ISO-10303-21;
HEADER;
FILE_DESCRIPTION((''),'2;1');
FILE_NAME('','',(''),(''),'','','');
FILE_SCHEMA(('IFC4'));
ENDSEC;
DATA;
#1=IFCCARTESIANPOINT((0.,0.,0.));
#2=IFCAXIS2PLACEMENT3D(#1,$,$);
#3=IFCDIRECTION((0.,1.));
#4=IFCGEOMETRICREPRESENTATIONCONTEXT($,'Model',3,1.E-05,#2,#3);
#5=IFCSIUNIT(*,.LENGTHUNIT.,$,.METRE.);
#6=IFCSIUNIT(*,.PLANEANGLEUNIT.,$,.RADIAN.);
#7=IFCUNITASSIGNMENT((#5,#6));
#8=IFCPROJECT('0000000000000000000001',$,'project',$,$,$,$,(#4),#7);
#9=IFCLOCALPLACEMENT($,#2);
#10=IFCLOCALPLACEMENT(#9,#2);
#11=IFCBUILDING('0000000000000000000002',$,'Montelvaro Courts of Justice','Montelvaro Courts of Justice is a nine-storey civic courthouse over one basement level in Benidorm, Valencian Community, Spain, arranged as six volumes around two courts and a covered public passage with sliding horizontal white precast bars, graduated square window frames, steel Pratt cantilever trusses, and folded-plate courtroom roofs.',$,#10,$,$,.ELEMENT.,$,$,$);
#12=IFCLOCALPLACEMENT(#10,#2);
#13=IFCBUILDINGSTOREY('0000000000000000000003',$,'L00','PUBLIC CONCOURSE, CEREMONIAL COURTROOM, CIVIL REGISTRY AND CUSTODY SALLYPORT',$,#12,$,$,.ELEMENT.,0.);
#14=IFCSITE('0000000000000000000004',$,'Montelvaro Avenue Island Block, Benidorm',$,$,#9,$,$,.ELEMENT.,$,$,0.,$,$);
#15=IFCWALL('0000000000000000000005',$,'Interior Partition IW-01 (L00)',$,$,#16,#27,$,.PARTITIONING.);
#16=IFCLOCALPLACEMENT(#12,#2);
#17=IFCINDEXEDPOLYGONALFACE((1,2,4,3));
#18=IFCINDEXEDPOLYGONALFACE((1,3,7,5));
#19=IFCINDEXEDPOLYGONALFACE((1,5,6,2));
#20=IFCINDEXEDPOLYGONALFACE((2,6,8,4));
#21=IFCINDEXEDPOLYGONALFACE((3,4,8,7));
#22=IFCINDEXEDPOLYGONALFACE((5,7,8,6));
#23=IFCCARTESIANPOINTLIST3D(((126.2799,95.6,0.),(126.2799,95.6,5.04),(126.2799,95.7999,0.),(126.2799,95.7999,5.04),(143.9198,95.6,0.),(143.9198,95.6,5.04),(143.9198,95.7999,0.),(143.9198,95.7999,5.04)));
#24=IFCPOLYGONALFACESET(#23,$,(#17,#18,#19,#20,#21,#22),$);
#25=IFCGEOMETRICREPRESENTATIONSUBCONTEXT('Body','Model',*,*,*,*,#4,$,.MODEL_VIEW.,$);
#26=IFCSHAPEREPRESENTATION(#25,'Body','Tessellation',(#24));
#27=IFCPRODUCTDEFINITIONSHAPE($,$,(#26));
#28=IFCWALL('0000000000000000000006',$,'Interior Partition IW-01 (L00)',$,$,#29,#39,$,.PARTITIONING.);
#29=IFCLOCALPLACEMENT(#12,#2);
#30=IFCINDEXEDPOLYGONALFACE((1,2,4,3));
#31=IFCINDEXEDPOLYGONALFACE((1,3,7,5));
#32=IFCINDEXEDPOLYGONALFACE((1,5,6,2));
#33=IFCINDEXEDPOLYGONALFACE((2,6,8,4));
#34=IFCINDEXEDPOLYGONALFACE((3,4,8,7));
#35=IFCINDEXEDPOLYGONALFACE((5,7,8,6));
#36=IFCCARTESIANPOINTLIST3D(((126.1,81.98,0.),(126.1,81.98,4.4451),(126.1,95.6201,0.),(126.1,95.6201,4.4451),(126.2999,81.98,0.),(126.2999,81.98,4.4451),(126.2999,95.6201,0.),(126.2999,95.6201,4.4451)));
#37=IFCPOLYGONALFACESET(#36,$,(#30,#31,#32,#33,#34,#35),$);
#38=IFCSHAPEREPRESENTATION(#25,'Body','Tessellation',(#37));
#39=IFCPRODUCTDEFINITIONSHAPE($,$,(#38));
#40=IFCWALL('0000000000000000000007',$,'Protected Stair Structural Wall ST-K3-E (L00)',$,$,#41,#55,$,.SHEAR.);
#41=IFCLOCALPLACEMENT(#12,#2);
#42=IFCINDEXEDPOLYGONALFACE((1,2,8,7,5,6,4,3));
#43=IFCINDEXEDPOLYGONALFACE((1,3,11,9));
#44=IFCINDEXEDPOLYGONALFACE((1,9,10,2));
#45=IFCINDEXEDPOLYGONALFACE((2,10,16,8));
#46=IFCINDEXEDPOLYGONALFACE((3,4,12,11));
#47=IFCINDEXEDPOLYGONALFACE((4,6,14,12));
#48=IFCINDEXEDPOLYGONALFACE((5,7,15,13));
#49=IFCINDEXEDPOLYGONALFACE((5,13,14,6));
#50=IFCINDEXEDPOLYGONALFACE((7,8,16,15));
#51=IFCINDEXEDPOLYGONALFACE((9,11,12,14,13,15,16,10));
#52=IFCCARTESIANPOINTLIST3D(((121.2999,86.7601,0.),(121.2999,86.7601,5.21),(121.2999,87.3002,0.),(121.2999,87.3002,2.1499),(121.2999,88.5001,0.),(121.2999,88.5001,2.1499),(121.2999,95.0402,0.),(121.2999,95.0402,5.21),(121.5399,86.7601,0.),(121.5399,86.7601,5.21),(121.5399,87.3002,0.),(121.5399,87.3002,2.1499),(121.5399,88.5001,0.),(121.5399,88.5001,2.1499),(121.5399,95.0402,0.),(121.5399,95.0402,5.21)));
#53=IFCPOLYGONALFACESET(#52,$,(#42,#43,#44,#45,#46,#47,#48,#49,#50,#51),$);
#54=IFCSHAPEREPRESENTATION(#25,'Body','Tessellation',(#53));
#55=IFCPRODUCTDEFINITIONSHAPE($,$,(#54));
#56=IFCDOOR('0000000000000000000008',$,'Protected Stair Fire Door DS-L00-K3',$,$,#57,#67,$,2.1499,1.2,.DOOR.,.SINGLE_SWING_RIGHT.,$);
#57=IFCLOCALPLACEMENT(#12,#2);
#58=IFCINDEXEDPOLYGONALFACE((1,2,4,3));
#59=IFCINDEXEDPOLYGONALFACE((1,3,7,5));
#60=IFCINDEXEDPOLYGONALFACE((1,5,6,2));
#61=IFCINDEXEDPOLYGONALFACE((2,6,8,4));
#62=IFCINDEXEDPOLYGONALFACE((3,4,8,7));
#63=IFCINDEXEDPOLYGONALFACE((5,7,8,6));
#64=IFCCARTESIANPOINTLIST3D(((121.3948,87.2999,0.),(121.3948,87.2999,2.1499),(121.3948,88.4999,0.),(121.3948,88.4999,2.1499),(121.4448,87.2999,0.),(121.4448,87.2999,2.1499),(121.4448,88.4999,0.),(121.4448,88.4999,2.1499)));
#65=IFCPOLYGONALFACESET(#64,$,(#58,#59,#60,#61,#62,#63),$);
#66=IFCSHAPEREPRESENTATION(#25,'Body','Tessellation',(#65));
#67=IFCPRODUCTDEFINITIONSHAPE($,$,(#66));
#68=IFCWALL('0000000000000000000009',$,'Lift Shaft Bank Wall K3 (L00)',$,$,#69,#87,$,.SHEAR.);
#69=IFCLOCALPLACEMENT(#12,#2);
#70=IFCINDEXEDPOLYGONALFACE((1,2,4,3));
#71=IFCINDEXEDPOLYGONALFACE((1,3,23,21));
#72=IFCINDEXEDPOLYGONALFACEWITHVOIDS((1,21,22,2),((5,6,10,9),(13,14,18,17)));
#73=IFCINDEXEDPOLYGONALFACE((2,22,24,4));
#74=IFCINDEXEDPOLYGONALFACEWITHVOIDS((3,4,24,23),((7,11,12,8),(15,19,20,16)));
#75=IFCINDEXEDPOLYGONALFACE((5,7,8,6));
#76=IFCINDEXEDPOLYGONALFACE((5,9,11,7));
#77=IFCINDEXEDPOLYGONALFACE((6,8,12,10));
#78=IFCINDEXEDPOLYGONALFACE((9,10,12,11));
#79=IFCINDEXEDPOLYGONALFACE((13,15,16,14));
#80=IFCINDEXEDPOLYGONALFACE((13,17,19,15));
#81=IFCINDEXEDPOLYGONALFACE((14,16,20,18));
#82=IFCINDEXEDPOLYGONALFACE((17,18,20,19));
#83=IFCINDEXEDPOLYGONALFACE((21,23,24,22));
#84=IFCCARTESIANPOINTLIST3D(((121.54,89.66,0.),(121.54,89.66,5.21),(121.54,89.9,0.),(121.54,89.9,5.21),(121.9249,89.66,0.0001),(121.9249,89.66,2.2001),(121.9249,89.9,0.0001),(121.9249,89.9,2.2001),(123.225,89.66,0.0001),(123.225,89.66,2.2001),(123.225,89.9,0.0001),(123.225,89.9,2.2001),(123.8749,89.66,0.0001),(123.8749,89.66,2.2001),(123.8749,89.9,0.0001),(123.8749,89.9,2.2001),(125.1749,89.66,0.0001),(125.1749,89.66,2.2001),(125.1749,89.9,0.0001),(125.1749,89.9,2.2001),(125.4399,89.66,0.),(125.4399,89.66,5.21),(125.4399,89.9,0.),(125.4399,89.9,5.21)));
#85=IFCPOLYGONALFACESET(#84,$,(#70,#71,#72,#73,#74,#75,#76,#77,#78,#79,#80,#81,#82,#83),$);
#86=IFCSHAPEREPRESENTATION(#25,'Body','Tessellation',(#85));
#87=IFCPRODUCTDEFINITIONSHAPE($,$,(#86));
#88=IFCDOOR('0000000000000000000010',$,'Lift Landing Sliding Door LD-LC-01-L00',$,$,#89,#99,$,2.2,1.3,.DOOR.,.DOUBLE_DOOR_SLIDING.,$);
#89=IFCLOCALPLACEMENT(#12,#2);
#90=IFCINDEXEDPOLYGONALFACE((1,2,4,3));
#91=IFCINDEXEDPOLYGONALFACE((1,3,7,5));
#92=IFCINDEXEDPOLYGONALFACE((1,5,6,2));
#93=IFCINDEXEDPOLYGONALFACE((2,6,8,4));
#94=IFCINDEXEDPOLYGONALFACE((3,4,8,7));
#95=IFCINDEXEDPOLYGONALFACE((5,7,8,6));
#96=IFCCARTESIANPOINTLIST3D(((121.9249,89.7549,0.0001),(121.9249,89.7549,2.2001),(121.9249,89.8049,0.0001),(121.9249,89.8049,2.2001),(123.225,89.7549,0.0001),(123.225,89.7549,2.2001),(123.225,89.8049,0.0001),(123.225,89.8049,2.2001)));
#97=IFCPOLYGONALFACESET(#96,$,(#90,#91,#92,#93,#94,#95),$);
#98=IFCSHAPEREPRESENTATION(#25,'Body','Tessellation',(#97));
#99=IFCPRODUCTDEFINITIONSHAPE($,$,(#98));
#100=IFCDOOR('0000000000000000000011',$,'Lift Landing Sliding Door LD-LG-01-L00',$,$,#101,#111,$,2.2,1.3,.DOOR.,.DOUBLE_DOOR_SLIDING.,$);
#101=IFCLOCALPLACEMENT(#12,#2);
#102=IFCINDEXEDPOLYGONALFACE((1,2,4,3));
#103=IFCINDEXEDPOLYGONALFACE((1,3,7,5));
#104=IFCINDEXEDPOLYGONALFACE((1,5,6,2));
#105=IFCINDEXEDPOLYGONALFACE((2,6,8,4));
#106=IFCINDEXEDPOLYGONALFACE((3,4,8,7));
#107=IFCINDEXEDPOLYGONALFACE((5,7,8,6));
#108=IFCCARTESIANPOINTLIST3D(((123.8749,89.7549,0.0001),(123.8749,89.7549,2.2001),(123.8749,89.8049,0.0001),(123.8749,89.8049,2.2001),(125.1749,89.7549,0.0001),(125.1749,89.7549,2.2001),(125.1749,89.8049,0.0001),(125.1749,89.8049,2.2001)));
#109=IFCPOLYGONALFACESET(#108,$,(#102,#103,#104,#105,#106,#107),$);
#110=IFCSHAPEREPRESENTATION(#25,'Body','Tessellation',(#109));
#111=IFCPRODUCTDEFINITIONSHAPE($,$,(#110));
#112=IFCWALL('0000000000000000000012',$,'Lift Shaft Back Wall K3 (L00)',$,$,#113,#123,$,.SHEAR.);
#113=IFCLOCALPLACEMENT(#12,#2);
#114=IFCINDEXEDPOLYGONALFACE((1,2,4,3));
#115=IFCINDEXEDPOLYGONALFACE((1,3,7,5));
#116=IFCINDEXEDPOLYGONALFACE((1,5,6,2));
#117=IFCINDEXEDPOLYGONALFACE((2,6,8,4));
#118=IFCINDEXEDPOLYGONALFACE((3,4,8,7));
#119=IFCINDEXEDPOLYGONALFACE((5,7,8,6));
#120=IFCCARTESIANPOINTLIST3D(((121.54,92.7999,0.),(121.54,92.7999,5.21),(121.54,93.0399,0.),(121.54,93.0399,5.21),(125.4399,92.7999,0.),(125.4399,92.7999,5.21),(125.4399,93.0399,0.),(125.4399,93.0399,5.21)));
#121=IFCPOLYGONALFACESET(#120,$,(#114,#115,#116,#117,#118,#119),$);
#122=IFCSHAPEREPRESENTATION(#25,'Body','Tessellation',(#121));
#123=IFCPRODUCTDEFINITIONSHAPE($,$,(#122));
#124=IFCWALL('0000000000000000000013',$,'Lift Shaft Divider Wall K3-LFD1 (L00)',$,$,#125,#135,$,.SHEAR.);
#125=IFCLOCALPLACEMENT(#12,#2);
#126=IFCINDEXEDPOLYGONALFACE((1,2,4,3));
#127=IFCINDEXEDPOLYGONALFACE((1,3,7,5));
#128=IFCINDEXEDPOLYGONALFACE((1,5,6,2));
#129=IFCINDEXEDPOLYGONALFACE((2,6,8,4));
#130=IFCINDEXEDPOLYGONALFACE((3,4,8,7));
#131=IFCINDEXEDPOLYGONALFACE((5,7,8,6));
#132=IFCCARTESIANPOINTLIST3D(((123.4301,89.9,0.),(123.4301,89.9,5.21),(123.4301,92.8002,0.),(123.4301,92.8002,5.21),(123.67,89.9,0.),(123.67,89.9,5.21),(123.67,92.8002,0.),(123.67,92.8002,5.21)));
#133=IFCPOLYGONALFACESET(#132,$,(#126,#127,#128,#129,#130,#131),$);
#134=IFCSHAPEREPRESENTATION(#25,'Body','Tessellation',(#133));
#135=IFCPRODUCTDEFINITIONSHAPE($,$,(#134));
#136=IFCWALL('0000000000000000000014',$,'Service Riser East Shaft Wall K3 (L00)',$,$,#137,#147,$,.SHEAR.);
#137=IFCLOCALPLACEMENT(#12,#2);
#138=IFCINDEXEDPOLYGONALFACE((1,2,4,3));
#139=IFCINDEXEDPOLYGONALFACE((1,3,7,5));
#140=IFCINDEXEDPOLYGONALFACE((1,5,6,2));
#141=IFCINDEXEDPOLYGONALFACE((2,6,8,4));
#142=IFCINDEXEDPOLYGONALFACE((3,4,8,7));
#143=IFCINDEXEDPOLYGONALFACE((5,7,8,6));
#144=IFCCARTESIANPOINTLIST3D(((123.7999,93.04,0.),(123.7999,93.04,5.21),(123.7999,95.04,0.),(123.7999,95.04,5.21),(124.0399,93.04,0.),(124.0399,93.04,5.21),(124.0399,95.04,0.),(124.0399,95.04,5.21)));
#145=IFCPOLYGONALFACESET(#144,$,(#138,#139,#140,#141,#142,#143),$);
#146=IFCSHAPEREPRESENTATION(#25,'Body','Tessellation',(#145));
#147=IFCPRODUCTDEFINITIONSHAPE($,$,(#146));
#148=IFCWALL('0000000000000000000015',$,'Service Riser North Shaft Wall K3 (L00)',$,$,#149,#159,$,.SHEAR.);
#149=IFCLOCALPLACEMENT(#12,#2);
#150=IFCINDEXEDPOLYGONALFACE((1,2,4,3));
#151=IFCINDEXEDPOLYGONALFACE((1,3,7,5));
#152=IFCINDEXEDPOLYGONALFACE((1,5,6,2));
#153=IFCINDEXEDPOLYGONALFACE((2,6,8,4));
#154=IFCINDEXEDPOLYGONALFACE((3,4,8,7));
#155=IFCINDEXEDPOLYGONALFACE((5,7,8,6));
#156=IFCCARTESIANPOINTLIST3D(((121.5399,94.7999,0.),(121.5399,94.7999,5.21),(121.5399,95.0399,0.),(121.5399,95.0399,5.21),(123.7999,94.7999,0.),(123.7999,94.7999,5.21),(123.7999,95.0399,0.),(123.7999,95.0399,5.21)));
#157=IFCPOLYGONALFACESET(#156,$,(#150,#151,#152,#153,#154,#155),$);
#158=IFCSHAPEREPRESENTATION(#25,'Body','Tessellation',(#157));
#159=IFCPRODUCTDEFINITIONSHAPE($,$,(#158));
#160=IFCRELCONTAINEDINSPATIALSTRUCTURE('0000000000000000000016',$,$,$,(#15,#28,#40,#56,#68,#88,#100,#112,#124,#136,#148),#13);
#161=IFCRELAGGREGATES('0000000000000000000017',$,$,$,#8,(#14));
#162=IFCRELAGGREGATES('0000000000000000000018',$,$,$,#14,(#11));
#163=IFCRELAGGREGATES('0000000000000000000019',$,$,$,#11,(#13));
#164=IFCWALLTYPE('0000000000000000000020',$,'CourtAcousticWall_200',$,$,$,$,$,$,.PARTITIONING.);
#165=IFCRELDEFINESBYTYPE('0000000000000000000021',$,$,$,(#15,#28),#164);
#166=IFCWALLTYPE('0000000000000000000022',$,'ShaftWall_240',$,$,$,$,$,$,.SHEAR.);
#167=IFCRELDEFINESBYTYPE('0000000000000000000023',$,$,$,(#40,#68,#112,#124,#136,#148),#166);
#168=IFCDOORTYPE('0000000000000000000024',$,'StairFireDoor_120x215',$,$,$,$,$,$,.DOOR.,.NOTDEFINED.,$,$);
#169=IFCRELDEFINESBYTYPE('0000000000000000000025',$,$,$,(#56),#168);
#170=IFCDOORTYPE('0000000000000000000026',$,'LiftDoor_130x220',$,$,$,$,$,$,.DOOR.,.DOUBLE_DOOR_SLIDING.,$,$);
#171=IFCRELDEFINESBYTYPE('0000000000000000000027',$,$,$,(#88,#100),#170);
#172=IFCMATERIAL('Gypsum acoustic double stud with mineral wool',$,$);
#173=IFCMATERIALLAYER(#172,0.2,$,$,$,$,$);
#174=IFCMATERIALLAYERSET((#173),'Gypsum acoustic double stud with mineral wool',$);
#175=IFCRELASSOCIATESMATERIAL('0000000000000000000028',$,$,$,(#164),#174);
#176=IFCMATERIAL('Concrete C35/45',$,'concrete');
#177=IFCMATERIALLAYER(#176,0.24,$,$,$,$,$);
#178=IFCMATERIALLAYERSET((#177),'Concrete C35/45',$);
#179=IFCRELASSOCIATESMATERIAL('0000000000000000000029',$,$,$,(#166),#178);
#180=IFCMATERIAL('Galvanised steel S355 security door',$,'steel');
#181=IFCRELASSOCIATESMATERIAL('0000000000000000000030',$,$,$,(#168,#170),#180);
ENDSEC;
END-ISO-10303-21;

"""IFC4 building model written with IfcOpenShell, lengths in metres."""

from ifc_helpers import new_model, si_unit, direction, frame, frame_2d, origin, place, context, subcontext, project, spatial, rectangle, extrude, material, layer, layer_set, type_object, element, fill, save


model = new_model("IFC4")

# Units and contexts
model_context = context("Model", 3, precision=1e-05, world=origin(), true_north=direction((0.0, 1.0)))
body_context = subcontext(model_context, "Body", "Model", "MODEL_VIEW")
ifc_project = project(units=[si_unit("LENGTHUNIT", "METRE"), si_unit("PLANEANGLEUNIT", "RADIAN")], contexts=[model_context])

# Site, building, storey
site_placement = place(None, origin())
site = spatial("IfcSite", under=ifc_project, at=site_placement, Name="Montelvaro Avenue Island Block, Benidorm", CompositionType="ELEMENT", RefElevation=0.0)
building_placement = place(site_placement, origin())
building = spatial("IfcBuilding", under=site, at=building_placement, Name="Montelvaro Courts of Justice", Description="Montelvaro Courts of Justice is a nine-storey civic courthouse over one basement level in Benidorm, Valencian Community, Spain, arranged as six volumes around two courts and a covered public passage with sliding horizontal white precast bars, graduated square window frames, steel Pratt cantilever trusses, and folded-plate courtroom roofs.", CompositionType="ELEMENT")
storey_placement = place(building_placement, origin())
storey = spatial("IfcBuildingStorey", under=building, at=storey_placement, Name="L00", Description="PUBLIC CONCOURSE, CEREMONIAL COURTROOM, CIVIL REGISTRY AND CUSTODY SALLYPORT", CompositionType="ELEMENT", Elevation=0.0)

# Shared definitions
ifc_material_1 = material(Name="Galvanised steel S355 security door", Category="steel")

# Walls
ifc_material_2 = material(Name="Gypsum acoustic double stud with mineral wool")
ifc_layer_1 = layer(ifc_material_2, 0.2)
ifc_layer_set_1 = layer_set([ifc_layer_1], Name="Gypsum acoustic double stud with mineral wool")
wall_type_1 = type_object("IfcWallType", Name="CourtAcousticWall_200", PredefinedType="PARTITIONING", material=ifc_layer_set_1)
wall_1_placement = place(storey_placement, frame((126.28, 95.7, 0.0), z_axis=(0.0, 0.0, 1.0), x_axis=(1.0, 0.0, 0.0)))
element("IfcWall", 1, at=wall_1_placement, inside=storey, type_object=wall_type_1, Name="Interior Partition IW-01 (L00)", PredefinedType="PARTITIONING", context=body_context, shape_type="SweptSolid", body=[
    extrude(rectangle(XDim=17.6399, YDim=0.2, at=frame_2d((8.8198, 0.0))), origin(), (0.0, 0.0, 1.0), 5.04),
])
wall_2_placement = place(storey_placement, frame((126.2, 81.98, 0.0), z_axis=(0.0, 0.0, 1.0), x_axis=(0.0, 1.0, 0.0)))
element("IfcWall", 2, at=wall_2_placement, inside=storey, type_object=wall_type_1, Name="Interior Partition IW-01 (L00)", PredefinedType="PARTITIONING", context=body_context, shape_type="SweptSolid", body=[
    extrude(rectangle(XDim=13.6401, YDim=0.2, at=frame_2d((6.8201, 0.0))), origin(), (0.0, 0.0, 1.0), 4.4451),
])

# Wall, opening, door
ifc_material_3 = material(Name="Concrete C35/45", Category="concrete")
ifc_layer_2 = layer(ifc_material_3, 0.24)
ifc_layer_set_2 = layer_set([ifc_layer_2], Name="Concrete C35/45")
wall_type_2 = type_object("IfcWallType", Name="ShaftWall_240", PredefinedType="SHEAR", material=ifc_layer_set_2)
wall_3_placement = place(storey_placement, frame((121.4199, 86.76, 0.0), z_axis=(0.0, 0.0, 1.0), x_axis=(0.0, 1.0, 0.0)))
wall_3 = element("IfcWall", 3, at=wall_3_placement, inside=storey, type_object=wall_type_2, Name="Protected Stair Structural Wall ST-K3-E (L00)", PredefinedType="SHEAR", context=body_context, shape_type="SweptSolid", body=[
    extrude(rectangle(XDim=8.28, YDim=0.24, at=frame_2d((4.1401, 0.0))), origin(), (0.0, 0.0, 1.0), 5.21),
])
opening_1_placement = place(wall_3_placement, frame((0.54, 0.0, 0.0)))
opening_1 = element("IfcOpeningElement", 4, at=opening_1_placement, cuts=wall_3, PredefinedType="OPENING", context=body_context, shape_type="SweptSolid", body=[
    extrude(rectangle(XDim=1.2, YDim=2.1499, at=frame_2d((0.6001, 1.075))), frame((0.0, 0.1348, 0.0), z_axis=(0.0, -1.0, 0.0), x_axis=(1.0, 0.0, 0.0)), (0.0, 0.0, 1.0), 0.2698),
])
door_type_1 = type_object("IfcDoorType", Name="StairFireDoor_120x215", OperationType="NOTDEFINED", PredefinedType="DOOR", material=ifc_material_1)
door_1_placement = place(opening_1_placement, frame((1.2, 0.0, 0.0), z_axis=(0.0, 0.0, 1.0), x_axis=(-1.0, 0.0, 0.0)))
door_1 = element("IfcDoor", 5, at=door_1_placement, inside=storey, type_object=door_type_1, Name="Protected Stair Fire Door DS-L00-K3", OperationType="SINGLE_SWING_RIGHT", OverallHeight=2.1499, OverallWidth=1.2, PredefinedType="DOOR", context=body_context, shape_type="SweptSolid", body=[
    extrude(rectangle(XDim=1.2, YDim=2.1499, at=frame_2d((0.6001, 1.075))), frame((0.0, 0.0249, 0.0), z_axis=(0.0, -1.0, 0.0), x_axis=(1.0, 0.0, 0.0)), (0.0, 0.0, 1.0), 0.05),
])
fill(opening_1, door_1)

# Wall, openings, doors
wall_4_placement = place(storey_placement, frame((121.54, 89.78, 0.0), z_axis=(0.0, 0.0, 1.0), x_axis=(1.0, 0.0, 0.0)))
wall_4 = element("IfcWall", 6, at=wall_4_placement, inside=storey, type_object=wall_type_2, Name="Lift Shaft Bank Wall K3 (L00)", PredefinedType="SHEAR", context=body_context, shape_type="SweptSolid", body=[
    extrude(rectangle(XDim=3.8999, YDim=0.24, at=frame_2d((1.95, 0.0))), origin(), (0.0, 0.0, 1.0), 5.21),
])
opening_2_placement = place(wall_4_placement, frame((0.385, 0.0, 0.0)))
opening_2 = element("IfcOpeningElement", 7, at=opening_2_placement, cuts=wall_4, PredefinedType="OPENING", context=body_context, shape_type="SweptSolid", body=[
    extrude(rectangle(XDim=1.3, YDim=2.2, at=frame_2d((0.6499, 1.1001))), frame((0.0, 0.1348, 0.0), z_axis=(0.0, -1.0, 0.0), x_axis=(1.0, 0.0, 0.0)), (0.0, 0.0, 1.0), 0.2698),
])
opening_3_placement = place(wall_4_placement, frame((2.335, 0.0, 0.0)))
opening_3 = element("IfcOpeningElement", 8, at=opening_3_placement, cuts=wall_4, PredefinedType="OPENING", context=body_context, shape_type="SweptSolid", body=[
    extrude(rectangle(XDim=1.3, YDim=2.2, at=frame_2d((0.6499, 1.1001))), frame((0.0, 0.1348, 0.0), z_axis=(0.0, -1.0, 0.0), x_axis=(1.0, 0.0, 0.0)), (0.0, 0.0, 1.0), 0.2698),
])
door_type_2 = type_object("IfcDoorType", Name="LiftDoor_130x220", OperationType="DOUBLE_DOOR_SLIDING", PredefinedType="DOOR", material=ifc_material_1)
door_2_placement = place(opening_2_placement, origin())
door_2 = element("IfcDoor", 9, at=door_2_placement, inside=storey, type_object=door_type_2, Name="Lift Landing Sliding Door LD-LC-01-L00", OperationType="DOUBLE_DOOR_SLIDING", OverallHeight=2.2, OverallWidth=1.3, PredefinedType="DOOR", context=body_context, shape_type="SweptSolid", body=[
    extrude(rectangle(XDim=1.3, YDim=2.2, at=frame_2d((0.6499, 1.1001))), frame((0.0, 0.0249, 0.0), z_axis=(0.0, -1.0, 0.0), x_axis=(1.0, 0.0, 0.0)), (0.0, 0.0, 1.0), 0.05),
])
fill(opening_2, door_2)
door_3_placement = place(opening_3_placement, origin())
door_3 = element("IfcDoor", 10, at=door_3_placement, inside=storey, type_object=door_type_2, Name="Lift Landing Sliding Door LD-LG-01-L00", OperationType="DOUBLE_DOOR_SLIDING", OverallHeight=2.2, OverallWidth=1.3, PredefinedType="DOOR", context=body_context, shape_type="SweptSolid", body=[
    extrude(rectangle(XDim=1.3, YDim=2.2, at=frame_2d((0.6499, 1.1001))), frame((0.0, 0.0249, 0.0), z_axis=(0.0, -1.0, 0.0), x_axis=(1.0, 0.0, 0.0)), (0.0, 0.0, 1.0), 0.05),
])
fill(opening_3, door_3)

# Walls
wall_5_placement = place(storey_placement, frame((121.54, 92.9199, 0.0), z_axis=(0.0, 0.0, 1.0), x_axis=(1.0, 0.0, 0.0)))
element("IfcWall", 11, at=wall_5_placement, inside=storey, type_object=wall_type_2, Name="Lift Shaft Back Wall K3 (L00)", PredefinedType="SHEAR", context=body_context, shape_type="SweptSolid", body=[
    extrude(rectangle(XDim=3.8999, YDim=0.24, at=frame_2d((1.95, 0.0))), origin(), (0.0, 0.0, 1.0), 5.21),
])
wall_6_placement = place(storey_placement, frame((123.55, 89.8999, 0.0), z_axis=(0.0, 0.0, 1.0), x_axis=(0.0, 1.0, 0.0)))
element("IfcWall", 12, at=wall_6_placement, inside=storey, type_object=wall_type_2, Name="Lift Shaft Divider Wall K3-LFD1 (L00)", PredefinedType="SHEAR", context=body_context, shape_type="SweptSolid", body=[
    extrude(rectangle(XDim=2.9001, YDim=0.24, at=frame_2d((1.4502, 0.0))), origin(), (0.0, 0.0, 1.0), 5.21),
])
wall_7_placement = place(storey_placement, frame((123.9199, 93.04, 0.0), z_axis=(0.0, 0.0, 1.0), x_axis=(0.0, 1.0, 0.0)))
element("IfcWall", 13, at=wall_7_placement, inside=storey, type_object=wall_type_2, Name="Service Riser East Shaft Wall K3 (L00)", PredefinedType="SHEAR", context=body_context, shape_type="SweptSolid", body=[
    extrude(rectangle(XDim=2.0, YDim=0.24, at=frame_2d((1.0, 0.0))), origin(), (0.0, 0.0, 1.0), 5.21),
])
wall_8_placement = place(storey_placement, frame((121.54, 94.9199, 0.0), z_axis=(0.0, 0.0, 1.0), x_axis=(1.0, 0.0, 0.0)))
element("IfcWall", 14, at=wall_8_placement, inside=storey, type_object=wall_type_2, Name="Service Riser North Shaft Wall K3 (L00)", PredefinedType="SHEAR", context=body_context, shape_type="SweptSolid", body=[
    extrude(rectangle(XDim=2.26, YDim=0.24, at=frame_2d((1.1299, 0.0))), origin(), (0.0, 0.0, 1.0), 5.21),
])

save(model, "model.ifc")
